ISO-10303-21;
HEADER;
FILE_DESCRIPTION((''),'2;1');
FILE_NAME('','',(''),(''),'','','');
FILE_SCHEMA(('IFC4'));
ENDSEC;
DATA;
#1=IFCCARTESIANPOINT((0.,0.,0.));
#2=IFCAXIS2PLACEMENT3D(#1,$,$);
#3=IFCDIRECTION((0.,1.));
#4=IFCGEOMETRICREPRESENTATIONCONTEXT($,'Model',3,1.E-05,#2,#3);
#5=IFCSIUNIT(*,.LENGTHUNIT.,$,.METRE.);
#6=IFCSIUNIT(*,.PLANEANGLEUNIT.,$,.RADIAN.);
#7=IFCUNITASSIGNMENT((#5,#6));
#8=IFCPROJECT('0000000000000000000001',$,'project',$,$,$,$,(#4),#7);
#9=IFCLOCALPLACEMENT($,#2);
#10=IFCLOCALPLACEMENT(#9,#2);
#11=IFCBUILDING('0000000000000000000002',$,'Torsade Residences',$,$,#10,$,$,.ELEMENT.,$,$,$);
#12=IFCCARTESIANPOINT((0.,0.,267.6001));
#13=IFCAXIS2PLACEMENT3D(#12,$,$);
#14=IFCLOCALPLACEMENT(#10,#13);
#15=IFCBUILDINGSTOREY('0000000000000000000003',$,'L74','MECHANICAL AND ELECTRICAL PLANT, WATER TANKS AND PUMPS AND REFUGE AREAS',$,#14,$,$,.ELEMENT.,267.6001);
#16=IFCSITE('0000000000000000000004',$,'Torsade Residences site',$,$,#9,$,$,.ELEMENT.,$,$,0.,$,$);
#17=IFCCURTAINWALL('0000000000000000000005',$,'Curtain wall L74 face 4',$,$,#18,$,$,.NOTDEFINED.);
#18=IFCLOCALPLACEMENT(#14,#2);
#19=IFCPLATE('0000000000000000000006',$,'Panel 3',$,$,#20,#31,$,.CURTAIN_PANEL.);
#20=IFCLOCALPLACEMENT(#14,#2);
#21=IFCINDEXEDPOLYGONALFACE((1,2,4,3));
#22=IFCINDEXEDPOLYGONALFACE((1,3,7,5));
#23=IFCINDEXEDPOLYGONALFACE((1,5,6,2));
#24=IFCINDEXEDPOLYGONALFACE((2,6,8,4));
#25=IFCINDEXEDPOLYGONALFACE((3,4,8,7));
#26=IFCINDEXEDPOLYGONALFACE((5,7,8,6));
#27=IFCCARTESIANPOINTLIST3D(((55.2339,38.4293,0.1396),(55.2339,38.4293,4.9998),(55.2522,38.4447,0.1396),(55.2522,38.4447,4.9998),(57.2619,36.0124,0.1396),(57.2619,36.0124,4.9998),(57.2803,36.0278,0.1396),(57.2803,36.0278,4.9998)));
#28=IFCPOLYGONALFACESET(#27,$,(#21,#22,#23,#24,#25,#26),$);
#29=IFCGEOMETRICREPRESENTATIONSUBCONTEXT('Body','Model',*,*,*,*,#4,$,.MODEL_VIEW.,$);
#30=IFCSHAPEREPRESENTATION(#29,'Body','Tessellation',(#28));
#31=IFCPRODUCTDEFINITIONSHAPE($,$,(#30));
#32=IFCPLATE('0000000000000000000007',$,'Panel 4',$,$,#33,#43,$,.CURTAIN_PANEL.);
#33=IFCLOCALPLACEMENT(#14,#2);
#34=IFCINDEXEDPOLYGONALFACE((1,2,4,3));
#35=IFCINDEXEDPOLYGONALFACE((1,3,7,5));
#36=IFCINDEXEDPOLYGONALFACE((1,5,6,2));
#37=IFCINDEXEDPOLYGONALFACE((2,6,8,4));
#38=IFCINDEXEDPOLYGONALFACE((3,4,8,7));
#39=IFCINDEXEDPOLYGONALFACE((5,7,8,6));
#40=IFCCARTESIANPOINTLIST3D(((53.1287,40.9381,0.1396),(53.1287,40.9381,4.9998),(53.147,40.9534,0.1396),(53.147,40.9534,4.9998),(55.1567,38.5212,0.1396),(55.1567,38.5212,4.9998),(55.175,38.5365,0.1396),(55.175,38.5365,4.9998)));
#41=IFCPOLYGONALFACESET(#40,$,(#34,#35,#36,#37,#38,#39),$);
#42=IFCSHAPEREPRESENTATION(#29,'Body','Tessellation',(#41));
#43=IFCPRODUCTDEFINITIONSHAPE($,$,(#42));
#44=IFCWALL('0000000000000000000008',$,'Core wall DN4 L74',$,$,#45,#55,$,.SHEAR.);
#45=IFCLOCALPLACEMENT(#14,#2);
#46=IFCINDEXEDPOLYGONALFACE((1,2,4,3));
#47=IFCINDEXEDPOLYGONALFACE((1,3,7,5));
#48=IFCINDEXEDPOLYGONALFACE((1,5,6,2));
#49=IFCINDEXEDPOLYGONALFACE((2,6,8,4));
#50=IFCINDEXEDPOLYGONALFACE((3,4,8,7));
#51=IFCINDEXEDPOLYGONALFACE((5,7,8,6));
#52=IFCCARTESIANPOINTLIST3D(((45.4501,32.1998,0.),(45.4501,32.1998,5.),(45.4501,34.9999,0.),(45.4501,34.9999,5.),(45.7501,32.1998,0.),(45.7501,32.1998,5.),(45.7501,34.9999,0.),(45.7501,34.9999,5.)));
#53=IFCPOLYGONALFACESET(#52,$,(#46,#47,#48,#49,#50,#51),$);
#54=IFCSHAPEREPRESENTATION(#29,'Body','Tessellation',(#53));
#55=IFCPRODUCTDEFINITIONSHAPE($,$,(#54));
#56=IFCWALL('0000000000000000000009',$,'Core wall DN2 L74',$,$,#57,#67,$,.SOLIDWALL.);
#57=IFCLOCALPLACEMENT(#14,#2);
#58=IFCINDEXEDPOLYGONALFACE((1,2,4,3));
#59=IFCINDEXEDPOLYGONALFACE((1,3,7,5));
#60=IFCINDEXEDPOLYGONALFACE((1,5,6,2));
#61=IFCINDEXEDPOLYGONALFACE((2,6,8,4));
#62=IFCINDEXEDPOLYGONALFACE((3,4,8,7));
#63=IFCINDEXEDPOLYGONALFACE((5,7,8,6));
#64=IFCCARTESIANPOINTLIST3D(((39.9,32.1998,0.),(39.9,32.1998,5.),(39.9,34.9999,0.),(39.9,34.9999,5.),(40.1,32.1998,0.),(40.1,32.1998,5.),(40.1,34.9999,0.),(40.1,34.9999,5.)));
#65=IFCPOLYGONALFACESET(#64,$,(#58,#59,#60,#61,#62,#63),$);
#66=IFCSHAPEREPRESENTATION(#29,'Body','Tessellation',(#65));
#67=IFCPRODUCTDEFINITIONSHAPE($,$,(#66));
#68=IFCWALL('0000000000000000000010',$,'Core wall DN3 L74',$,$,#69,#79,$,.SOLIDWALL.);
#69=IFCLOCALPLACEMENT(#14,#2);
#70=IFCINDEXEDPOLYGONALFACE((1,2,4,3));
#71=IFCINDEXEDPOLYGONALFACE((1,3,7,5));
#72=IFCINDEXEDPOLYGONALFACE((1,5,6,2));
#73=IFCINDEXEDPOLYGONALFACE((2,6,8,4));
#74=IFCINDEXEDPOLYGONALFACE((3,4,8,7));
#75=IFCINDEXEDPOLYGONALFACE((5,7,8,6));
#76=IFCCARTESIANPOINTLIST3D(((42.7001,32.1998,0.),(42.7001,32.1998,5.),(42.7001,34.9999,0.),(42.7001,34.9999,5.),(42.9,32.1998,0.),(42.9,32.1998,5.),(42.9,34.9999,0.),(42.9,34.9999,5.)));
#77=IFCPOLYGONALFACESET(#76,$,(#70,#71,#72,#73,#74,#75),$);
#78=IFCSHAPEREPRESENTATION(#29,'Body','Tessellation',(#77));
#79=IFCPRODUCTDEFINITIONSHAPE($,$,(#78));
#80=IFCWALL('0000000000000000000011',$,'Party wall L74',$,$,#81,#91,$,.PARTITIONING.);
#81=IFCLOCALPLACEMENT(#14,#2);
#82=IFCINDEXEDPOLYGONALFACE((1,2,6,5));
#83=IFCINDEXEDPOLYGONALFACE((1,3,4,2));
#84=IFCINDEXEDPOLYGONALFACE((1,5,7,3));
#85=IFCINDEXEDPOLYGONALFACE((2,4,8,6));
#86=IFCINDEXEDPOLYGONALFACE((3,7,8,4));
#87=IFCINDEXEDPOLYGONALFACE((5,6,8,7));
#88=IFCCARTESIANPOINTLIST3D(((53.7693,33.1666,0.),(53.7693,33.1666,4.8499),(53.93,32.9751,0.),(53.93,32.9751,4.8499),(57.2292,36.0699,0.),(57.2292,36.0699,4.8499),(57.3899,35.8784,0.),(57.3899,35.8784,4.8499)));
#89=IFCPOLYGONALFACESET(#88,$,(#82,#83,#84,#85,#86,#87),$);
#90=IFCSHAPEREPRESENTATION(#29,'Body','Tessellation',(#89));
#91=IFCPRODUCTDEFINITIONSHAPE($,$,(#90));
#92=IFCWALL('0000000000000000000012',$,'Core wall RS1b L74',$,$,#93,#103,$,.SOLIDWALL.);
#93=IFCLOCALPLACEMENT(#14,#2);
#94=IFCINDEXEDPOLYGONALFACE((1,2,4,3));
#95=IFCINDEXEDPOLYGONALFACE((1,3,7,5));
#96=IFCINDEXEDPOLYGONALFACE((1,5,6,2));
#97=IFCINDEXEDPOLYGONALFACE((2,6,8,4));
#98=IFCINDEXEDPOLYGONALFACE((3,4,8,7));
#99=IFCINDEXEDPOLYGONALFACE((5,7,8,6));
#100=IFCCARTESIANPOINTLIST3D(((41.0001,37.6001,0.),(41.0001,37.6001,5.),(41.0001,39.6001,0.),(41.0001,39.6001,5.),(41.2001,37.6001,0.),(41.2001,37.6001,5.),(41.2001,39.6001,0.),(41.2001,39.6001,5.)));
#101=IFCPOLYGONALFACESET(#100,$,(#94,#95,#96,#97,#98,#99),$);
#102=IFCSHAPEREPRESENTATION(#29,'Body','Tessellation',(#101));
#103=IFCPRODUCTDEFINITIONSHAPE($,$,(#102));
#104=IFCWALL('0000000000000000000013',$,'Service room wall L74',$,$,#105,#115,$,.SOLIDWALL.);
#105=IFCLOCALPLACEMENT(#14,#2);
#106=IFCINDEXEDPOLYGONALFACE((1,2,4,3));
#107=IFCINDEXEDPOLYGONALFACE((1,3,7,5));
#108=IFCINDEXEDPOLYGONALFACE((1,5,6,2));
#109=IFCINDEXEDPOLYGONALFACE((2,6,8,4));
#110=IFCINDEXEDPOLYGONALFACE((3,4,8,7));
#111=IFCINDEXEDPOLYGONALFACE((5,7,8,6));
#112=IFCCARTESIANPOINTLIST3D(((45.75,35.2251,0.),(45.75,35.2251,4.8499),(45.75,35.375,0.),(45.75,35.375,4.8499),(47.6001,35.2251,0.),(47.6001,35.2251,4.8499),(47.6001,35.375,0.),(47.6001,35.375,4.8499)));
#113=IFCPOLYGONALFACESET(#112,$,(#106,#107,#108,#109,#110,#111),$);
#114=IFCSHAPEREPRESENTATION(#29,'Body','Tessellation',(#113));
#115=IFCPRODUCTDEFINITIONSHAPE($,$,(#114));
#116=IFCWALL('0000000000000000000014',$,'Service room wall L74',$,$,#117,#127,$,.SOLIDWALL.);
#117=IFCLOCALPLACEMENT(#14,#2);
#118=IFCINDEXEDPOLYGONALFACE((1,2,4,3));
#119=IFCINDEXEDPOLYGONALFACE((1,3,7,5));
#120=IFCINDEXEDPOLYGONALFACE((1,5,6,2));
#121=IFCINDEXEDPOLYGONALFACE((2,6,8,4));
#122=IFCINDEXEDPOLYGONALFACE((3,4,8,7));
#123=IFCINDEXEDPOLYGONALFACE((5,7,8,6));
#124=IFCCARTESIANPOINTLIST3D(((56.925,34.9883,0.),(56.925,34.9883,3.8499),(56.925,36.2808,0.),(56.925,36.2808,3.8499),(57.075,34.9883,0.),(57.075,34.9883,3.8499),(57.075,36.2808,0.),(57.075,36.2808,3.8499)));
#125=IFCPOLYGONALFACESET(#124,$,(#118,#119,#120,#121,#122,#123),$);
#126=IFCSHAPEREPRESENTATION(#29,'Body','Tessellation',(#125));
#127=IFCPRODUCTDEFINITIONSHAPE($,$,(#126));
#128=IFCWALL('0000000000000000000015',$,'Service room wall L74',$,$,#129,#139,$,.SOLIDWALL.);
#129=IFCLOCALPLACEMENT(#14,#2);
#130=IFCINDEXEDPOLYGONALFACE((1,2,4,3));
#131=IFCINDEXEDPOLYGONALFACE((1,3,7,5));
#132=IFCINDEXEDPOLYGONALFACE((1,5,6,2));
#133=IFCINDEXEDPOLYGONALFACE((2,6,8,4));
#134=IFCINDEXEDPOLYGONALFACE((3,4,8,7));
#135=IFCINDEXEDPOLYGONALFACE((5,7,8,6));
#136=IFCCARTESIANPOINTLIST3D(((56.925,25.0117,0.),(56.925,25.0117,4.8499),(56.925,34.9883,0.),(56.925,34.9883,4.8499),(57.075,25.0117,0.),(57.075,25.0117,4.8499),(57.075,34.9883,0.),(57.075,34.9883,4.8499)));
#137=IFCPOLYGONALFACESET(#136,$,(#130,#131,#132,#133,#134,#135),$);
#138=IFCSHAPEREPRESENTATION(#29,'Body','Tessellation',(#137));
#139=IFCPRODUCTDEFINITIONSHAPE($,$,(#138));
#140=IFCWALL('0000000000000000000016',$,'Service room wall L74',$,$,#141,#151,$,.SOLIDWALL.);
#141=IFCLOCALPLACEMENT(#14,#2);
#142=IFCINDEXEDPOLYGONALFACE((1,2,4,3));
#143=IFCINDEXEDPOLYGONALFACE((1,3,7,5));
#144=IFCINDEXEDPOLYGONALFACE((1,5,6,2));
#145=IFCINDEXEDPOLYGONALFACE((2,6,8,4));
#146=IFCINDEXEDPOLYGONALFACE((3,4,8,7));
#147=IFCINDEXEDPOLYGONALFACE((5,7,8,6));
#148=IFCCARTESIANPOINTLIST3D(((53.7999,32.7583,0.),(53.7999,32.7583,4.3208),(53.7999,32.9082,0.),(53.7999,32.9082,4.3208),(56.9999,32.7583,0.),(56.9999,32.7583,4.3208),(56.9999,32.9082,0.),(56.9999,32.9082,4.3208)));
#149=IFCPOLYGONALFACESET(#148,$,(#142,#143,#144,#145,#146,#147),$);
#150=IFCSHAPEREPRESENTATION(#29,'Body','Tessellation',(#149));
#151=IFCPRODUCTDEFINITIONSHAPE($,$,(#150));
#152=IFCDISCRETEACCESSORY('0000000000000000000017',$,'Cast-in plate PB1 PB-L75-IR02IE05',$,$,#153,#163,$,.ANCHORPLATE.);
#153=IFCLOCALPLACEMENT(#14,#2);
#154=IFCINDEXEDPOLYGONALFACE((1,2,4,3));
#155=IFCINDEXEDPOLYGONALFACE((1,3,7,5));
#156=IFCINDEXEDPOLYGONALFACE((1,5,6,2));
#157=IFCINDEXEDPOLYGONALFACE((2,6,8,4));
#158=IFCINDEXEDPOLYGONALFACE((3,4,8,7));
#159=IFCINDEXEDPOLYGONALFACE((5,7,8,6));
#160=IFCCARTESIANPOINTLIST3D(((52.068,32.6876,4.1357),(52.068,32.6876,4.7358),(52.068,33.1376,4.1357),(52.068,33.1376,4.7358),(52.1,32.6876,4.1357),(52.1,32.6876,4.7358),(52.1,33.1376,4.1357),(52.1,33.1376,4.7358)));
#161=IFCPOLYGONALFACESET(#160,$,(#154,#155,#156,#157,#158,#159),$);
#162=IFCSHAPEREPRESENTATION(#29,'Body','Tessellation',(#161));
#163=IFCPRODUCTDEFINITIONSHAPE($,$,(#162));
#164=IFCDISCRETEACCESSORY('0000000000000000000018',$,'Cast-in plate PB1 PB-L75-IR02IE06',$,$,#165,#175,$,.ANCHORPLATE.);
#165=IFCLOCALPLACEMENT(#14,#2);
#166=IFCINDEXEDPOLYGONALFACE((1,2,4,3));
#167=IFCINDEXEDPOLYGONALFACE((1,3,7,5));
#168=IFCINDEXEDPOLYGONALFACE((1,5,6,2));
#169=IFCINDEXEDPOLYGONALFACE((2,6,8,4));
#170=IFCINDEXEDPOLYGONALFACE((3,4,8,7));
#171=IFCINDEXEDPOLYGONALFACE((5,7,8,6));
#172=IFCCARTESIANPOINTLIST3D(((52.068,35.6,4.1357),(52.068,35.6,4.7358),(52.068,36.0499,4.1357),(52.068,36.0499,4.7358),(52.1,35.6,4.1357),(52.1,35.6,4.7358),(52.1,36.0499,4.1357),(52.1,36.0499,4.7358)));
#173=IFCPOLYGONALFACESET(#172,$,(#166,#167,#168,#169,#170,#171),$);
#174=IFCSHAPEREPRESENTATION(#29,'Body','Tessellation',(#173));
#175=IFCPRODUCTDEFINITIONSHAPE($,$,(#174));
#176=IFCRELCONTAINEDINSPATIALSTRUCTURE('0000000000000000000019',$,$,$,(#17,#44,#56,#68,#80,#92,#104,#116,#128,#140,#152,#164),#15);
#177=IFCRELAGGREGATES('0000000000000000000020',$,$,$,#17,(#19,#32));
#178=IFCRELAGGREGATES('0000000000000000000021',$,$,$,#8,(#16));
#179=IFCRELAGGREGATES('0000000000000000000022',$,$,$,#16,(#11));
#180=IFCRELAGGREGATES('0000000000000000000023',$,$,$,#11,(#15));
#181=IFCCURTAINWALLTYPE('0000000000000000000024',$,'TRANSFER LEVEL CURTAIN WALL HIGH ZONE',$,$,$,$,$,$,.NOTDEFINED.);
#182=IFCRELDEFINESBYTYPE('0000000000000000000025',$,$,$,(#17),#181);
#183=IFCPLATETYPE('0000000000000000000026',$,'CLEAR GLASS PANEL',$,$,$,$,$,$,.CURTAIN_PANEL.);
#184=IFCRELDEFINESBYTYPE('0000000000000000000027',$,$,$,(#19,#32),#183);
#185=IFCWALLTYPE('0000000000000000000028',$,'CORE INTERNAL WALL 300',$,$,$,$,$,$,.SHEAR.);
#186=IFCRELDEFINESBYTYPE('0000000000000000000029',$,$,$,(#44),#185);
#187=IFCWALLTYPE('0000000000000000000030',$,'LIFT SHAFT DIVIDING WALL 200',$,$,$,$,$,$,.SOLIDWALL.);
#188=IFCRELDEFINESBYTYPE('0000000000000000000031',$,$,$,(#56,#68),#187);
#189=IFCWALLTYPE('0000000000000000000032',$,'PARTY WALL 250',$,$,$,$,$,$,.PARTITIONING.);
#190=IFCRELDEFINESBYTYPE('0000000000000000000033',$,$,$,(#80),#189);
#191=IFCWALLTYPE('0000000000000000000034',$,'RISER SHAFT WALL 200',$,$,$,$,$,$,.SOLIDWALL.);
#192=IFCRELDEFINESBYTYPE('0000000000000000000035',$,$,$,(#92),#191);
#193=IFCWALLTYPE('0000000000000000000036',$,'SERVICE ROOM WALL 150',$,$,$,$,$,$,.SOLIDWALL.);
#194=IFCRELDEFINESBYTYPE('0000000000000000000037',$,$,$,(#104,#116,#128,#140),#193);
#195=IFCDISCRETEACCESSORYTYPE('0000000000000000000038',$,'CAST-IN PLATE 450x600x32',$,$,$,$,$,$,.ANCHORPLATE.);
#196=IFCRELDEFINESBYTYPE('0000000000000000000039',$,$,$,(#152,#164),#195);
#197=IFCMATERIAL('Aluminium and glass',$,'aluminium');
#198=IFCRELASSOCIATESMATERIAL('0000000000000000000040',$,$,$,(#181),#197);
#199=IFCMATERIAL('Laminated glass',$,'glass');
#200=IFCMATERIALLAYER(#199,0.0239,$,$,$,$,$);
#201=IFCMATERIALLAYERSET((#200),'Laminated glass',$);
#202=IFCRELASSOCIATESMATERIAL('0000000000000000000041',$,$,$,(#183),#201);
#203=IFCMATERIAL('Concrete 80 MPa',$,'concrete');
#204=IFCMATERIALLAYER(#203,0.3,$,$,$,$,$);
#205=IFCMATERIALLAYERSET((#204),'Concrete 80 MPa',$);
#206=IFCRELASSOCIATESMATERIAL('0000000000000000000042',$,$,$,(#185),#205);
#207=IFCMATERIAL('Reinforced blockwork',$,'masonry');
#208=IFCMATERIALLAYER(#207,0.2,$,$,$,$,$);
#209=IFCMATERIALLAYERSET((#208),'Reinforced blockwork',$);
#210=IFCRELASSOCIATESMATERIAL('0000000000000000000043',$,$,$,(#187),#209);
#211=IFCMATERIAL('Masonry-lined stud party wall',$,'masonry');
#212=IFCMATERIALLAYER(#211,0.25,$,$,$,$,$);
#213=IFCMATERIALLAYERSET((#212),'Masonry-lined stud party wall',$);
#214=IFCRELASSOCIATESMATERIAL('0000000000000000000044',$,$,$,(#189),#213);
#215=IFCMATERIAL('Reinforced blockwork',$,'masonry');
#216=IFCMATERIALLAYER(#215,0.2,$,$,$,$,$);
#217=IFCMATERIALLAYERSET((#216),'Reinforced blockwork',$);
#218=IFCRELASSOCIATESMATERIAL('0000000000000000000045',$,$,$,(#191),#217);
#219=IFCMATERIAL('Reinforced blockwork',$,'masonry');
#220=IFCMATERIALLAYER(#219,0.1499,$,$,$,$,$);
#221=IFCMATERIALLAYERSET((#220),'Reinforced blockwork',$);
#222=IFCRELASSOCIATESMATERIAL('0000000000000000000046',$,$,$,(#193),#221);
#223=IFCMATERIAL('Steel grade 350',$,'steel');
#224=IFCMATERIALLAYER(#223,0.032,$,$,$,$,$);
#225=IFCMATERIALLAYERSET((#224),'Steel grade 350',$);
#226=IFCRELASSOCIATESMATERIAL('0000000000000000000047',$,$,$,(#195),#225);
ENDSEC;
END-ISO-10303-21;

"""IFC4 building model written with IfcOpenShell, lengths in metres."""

from ifc_helpers import new_model, si_unit, direction, frame, frame_2d, origin, origin_2d, place, context, subcontext, project, spatial, rectangle, extrude, material, layer, layer_set, type_object, element, aggregate, save


model = new_model("IFC4")

# Units and contexts
model_context = context("Model", 3, precision=1e-05, world=origin(), true_north=direction((0.0, 1.0)))
body_context = subcontext(model_context, "Body", "Model", "MODEL_VIEW")
ifc_project = project(units=[si_unit("LENGTHUNIT", "METRE"), si_unit("PLANEANGLEUNIT", "RADIAN")], contexts=[model_context])

# Site, building, storey
site_placement = place(None, origin())
site = spatial("IfcSite", under=ifc_project, at=site_placement, Name="Torsade Residences site", CompositionType="ELEMENT", RefElevation=0.0)
building_placement = place(site_placement, origin())
building = spatial("IfcBuilding", under=site, at=building_placement, Name="Torsade Residences", CompositionType="ELEMENT")
storey_placement = place(building_placement, frame((0.0, 0.0, 267.6001)))
storey = spatial("IfcBuildingStorey", under=building, at=storey_placement, Name="L74", Description="MECHANICAL AND ELECTRICAL PLANT, WATER TANKS AND PUMPS AND REFUGE AREAS", CompositionType="ELEMENT", Elevation=267.6001)

# Curtain wall
ifc_material_1 = material(Name="Aluminium and glass", Category="aluminium")
curtain_wall_type = type_object("IfcCurtainWallType", Name="TRANSFER LEVEL CURTAIN WALL HIGH ZONE", PredefinedType="NOTDEFINED", material=ifc_material_1)
curtain_wall_placement = place(storey_placement, origin())
curtain_wall = element("IfcCurtainWall", 1, at=curtain_wall_placement, inside=storey, type_object=curtain_wall_type, Name="Curtain wall L74 face 4", PredefinedType="NOTDEFINED")

# Plates
ifc_material_2 = material(Name="Laminated glass", Category="glass")
ifc_layer_1 = layer(ifc_material_2, 0.0239)
ifc_layer_set_1 = layer_set([ifc_layer_1], Name="Laminated glass")
plate_type = type_object("IfcPlateType", Name="CLEAR GLASS PANEL", PredefinedType="CURTAIN_PANEL", material=ifc_layer_set_1)
plate_1_placement = place(storey_placement, frame((56.2571, 37.2285, 0.1396), z_axis=(0.0, 0.0, 1.0), x_axis=(-0.642788, 0.766044, 0.0)))
plate_1 = element("IfcPlate", 2, at=plate_1_placement, type_object=plate_type, Name="Panel 3", PredefinedType="CURTAIN_PANEL", context=body_context, shape_type="SweptSolid", body=[
    extrude(rectangle(XDim=3.155, YDim=0.0239, at=origin_2d()), origin(), (0.0, 0.0, 1.0), 4.8601),
])
plate_2_placement = place(storey_placement, frame((54.1519, 39.7373, 0.1396), z_axis=(0.0, 0.0, 1.0), x_axis=(-0.642788, 0.766044, 0.0)))
plate_2 = element("IfcPlate", 3, at=plate_2_placement, type_object=plate_type, Name="Panel 4", PredefinedType="CURTAIN_PANEL", context=body_context, shape_type="SweptSolid", body=[
    extrude(rectangle(XDim=3.155, YDim=0.0239, at=origin_2d()), origin(), (0.0, 0.0, 1.0), 4.8601),
])
aggregate(curtain_wall, [plate_1, plate_2])

# Walls
ifc_material_3 = material(Name="Concrete 80 MPa", Category="concrete")
ifc_layer_2 = layer(ifc_material_3, 0.3)
ifc_layer_set_2 = layer_set([ifc_layer_2], Name="Concrete 80 MPa")
wall_type_1 = type_object("IfcWallType", Name="CORE INTERNAL WALL 300", PredefinedType="SHEAR", material=ifc_layer_set_2)
wall_1_placement = place(storey_placement, frame((45.6001, 32.2, 0.0), z_axis=(0.0, 0.0, 1.0), x_axis=(0.0, 1.0, 0.0)))
element("IfcWall", 4, at=wall_1_placement, inside=storey, type_object=wall_type_1, Name="Core wall DN4 L74", PredefinedType="SHEAR", context=body_context, shape_type="SweptSolid", body=[
    extrude(rectangle(XDim=2.8, YDim=0.3, at=frame_2d((1.3999, 0.0))), origin(), (0.0, 0.0, 1.0), 5.0),
])
ifc_material_4 = material(Name="Reinforced blockwork", Category="masonry")
ifc_layer_3 = layer(ifc_material_4, 0.2)
ifc_layer_set_3 = layer_set([ifc_layer_3], Name="Reinforced blockwork")
wall_type_2 = type_object("IfcWallType", Name="LIFT SHAFT DIVIDING WALL 200", PredefinedType="SOLIDWALL", material=ifc_layer_set_3)
for number, where, z_axis, x_axis, name in (
    (5, (40.0, 32.2, 0.0), (0.0, 0.0, 1.0), (0.0, 1.0, 0.0), "Core wall DN2 L74"),
    (6, (42.8, 32.2, 0.0), (0.0, 0.0, 1.0), (0.0, 1.0, 0.0), "Core wall DN3 L74"),
):
    element("IfcWall", number, at=place(storey_placement, frame(where, z_axis=z_axis, x_axis=x_axis)), inside=storey, type_object=wall_type_2, Name=name, PredefinedType="SOLIDWALL", context=body_context, shape_type="SweptSolid", body=[
        extrude(rectangle(XDim=2.8, YDim=0.2, at=frame_2d((1.3999, 0.0))), origin(), (0.0, 0.0, 1.0), 5.0),
    ])
ifc_material_5 = material(Name="Masonry-lined stud party wall", Category="masonry")
ifc_layer_4 = layer(ifc_material_5, 0.25)
ifc_layer_set_4 = layer_set([ifc_layer_4], Name="Masonry-lined stud party wall")
wall_type_3 = type_object("IfcWallType", Name="PARTY WALL 250", PredefinedType="PARTITIONING", material=ifc_layer_set_4)
wall_2_placement = place(storey_placement, frame((57.3096, 35.9741, 0.0), z_axis=(0.0, 0.0, 1.0), x_axis=(-0.766037, -0.642796, 0.0)))
element("IfcWall", 7, at=wall_2_placement, inside=storey, type_object=wall_type_3, Name="Party wall L74", PredefinedType="PARTITIONING", context=body_context, shape_type="SweptSolid", body=[
    extrude(rectangle(XDim=4.5166, YDim=0.25, at=frame_2d((2.2583, 0.0))), origin(), (0.0, 0.0, 1.0), 4.8499),
])
ifc_material_6 = material(Name="Reinforced blockwork", Category="masonry")
ifc_layer_5 = layer(ifc_material_6, 0.2)
ifc_layer_set_5 = layer_set([ifc_layer_5], Name="Reinforced blockwork")
wall_type_4 = type_object("IfcWallType", Name="RISER SHAFT WALL 200", PredefinedType="SOLIDWALL", material=ifc_layer_set_5)
wall_3_placement = place(storey_placement, frame((41.1001, 37.6001, 0.0), z_axis=(0.0, 0.0, 1.0), x_axis=(0.0, 1.0, 0.0)))
element("IfcWall", 8, at=wall_3_placement, inside=storey, type_object=wall_type_4, Name="Core wall RS1b L74", PredefinedType="SOLIDWALL", context=body_context, shape_type="SweptSolid", body=[
    extrude(rectangle(XDim=2.0, YDim=0.2, at=frame_2d((1.0, 0.0))), origin(), (0.0, 0.0, 1.0), 5.0),
])
ifc_material_7 = material(Name="Reinforced blockwork", Category="masonry")
ifc_layer_6 = layer(ifc_material_7, 0.1499)
ifc_layer_set_6 = layer_set([ifc_layer_6], Name="Reinforced blockwork")
wall_type_5 = type_object("IfcWallType", Name="SERVICE ROOM WALL 150", PredefinedType="SOLIDWALL", material=ifc_layer_set_6)
wall_4_placement = place(storey_placement, frame((47.6001, 35.3, 0.0), z_axis=(0.0, 0.0, 1.0), x_axis=(-1.0, 0.0, 0.0)))
element("IfcWall", 9, at=wall_4_placement, inside=storey, type_object=wall_type_5, Name="Service room wall L74", PredefinedType="SOLIDWALL", context=body_context, shape_type="SweptSolid", body=[
    extrude(rectangle(XDim=1.8501, YDim=0.1499, at=frame_2d((0.925, 0.0))), origin(), (0.0, 0.0, 1.0), 4.8499),
])
wall_5_placement = place(storey_placement, frame((57.0, 36.2808, 0.0), z_axis=(0.0, 0.0, 1.0), x_axis=(0.0, -1.0, 0.0)))
element("IfcWall", 10, at=wall_5_placement, inside=storey, type_object=wall_type_5, Name="Service room wall L74", PredefinedType="SOLIDWALL", context=body_context, shape_type="SweptSolid", body=[
    extrude(rectangle(XDim=1.2925, YDim=0.1499, at=frame_2d((0.6462, 0.0))), origin(), (0.0, 0.0, 1.0), 3.8499),
])
wall_6_placement = place(storey_placement, frame((57.0, 34.9883, 0.0), z_axis=(0.0, 0.0, 1.0), x_axis=(0.0, -1.0, 0.0)))
element("IfcWall", 11, at=wall_6_placement, inside=storey, type_object=wall_type_5, Name="Service room wall L74", PredefinedType="SOLIDWALL", context=body_context, shape_type="SweptSolid", body=[
    extrude(rectangle(XDim=9.9766, YDim=0.1499, at=frame_2d((4.9883, 0.0))), origin(), (0.0, 0.0, 1.0), 4.8499),
])
wall_7_placement = place(storey_placement, frame((57.0, 32.8333, 0.0), z_axis=(0.0, 0.0, 1.0), x_axis=(-1.0, 0.0, 0.0)))
element("IfcWall", 12, at=wall_7_placement, inside=storey, type_object=wall_type_5, Name="Service room wall L74", PredefinedType="SOLIDWALL", context=body_context, shape_type="SweptSolid", body=[
    extrude(rectangle(XDim=3.2, YDim=0.1499, at=frame_2d((1.6001, 0.0))), origin(), (0.0, 0.0, 1.0), 4.3208),
])

# Discrete accessories
ifc_material_8 = material(Name="Steel grade 350", Category="steel")
ifc_layer_7 = layer(ifc_material_8, 0.032)
ifc_layer_set_7 = layer_set([ifc_layer_7], Name="Steel grade 350")
discrete_accessory_type = type_object("IfcDiscreteAccessoryType", Name="CAST-IN PLATE 450x600x32", PredefinedType="ANCHORPLATE", material=ifc_layer_set_7)
for number, where, z_axis, x_axis, name in (
    (13, (52.084, 32.9126, 4.1357), (0.0, 0.0, 1.0), (1.0, 0.0, 0.0), "Cast-in plate PB1 PB-L75-IR02IE05"),
    (14, (52.084, 35.825, 4.1357), (0.0, 0.0, 1.0), (1.0, 0.0, 0.0), "Cast-in plate PB1 PB-L75-IR02IE06"),
):
    element("IfcDiscreteAccessory", number, at=place(storey_placement, frame(where, z_axis=z_axis, x_axis=x_axis)), inside=storey, type_object=discrete_accessory_type, Name=name, PredefinedType="ANCHORPLATE", context=body_context, shape_type="SweptSolid", body=[
        extrude(rectangle(XDim=0.032, YDim=0.45, at=origin_2d()), origin(), (0.0, 0.0, 1.0), 0.6001),
    ])

save(model, "model.ifc")
